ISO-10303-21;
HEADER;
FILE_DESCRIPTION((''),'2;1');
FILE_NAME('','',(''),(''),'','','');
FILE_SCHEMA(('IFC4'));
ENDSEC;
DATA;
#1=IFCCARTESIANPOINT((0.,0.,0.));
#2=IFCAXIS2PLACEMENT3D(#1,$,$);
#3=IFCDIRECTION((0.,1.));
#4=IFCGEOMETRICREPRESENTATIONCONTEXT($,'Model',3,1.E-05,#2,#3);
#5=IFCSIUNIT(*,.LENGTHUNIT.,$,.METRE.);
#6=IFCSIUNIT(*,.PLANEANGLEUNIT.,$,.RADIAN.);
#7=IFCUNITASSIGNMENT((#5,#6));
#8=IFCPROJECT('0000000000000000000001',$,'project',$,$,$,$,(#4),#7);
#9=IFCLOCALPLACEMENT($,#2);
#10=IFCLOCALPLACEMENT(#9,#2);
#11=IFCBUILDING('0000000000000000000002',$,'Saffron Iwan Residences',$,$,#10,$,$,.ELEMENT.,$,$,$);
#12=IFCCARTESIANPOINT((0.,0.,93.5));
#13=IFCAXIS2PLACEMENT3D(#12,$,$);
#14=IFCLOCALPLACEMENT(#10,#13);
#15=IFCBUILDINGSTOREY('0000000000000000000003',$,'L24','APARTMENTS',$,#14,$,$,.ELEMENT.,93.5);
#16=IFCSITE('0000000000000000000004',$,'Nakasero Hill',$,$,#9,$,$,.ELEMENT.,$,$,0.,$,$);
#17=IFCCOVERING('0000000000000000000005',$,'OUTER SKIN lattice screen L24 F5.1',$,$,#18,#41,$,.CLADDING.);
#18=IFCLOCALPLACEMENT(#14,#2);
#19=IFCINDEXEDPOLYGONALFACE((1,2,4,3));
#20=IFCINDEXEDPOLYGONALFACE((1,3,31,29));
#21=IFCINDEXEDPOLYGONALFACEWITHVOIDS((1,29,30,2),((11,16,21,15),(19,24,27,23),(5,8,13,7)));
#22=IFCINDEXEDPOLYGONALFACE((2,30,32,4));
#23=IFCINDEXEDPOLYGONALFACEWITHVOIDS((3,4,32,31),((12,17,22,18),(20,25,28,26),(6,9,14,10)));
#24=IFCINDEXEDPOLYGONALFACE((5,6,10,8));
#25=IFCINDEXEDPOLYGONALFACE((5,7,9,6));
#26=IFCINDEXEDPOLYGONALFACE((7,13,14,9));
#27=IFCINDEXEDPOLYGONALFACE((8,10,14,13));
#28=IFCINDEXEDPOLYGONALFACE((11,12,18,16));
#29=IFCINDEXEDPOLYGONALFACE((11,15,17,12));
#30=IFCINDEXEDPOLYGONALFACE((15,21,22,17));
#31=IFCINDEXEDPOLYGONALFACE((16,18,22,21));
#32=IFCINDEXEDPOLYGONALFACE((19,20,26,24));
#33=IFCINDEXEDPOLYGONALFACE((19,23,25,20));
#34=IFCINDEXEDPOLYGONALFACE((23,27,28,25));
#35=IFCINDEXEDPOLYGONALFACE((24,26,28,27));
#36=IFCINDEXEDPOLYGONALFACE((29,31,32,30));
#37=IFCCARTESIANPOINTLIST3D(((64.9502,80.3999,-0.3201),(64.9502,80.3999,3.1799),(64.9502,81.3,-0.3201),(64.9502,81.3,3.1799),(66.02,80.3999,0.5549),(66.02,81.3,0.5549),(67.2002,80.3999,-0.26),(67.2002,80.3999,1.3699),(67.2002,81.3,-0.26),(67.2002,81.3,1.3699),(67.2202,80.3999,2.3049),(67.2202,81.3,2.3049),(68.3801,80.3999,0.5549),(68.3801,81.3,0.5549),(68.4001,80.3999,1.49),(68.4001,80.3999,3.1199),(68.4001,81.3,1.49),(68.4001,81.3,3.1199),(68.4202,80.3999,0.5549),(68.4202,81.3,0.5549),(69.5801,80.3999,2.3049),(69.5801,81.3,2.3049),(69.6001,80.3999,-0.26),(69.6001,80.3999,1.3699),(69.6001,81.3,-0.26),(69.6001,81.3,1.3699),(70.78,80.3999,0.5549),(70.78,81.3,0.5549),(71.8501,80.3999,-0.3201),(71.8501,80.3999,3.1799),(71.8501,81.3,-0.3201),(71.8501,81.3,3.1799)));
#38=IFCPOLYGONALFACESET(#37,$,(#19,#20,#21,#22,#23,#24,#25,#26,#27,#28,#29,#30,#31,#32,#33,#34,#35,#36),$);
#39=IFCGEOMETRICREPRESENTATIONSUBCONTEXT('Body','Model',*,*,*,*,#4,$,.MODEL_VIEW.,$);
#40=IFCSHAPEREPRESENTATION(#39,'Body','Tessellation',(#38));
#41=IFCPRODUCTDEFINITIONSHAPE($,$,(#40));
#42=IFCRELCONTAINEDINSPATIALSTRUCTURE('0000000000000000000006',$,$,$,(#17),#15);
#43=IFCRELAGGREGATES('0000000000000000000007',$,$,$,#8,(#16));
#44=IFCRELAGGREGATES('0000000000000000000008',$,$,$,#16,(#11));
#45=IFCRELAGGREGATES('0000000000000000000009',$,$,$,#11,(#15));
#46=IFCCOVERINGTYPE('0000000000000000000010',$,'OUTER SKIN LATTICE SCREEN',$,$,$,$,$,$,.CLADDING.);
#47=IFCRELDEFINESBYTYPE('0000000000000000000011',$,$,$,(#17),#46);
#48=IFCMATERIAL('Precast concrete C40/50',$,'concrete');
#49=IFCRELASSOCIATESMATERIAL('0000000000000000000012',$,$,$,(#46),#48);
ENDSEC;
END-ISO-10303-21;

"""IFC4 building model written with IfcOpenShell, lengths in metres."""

from ifc_helpers import new_model, si_unit, direction, frame, origin, place, context, subcontext, project, spatial, polyline, outline, extrude, material, type_object, element, save


model = new_model("IFC4")

# Units and contexts
model_context = context("Model", 3, precision=1e-05, world=origin(), true_north=direction((0.0, 1.0)))
body_context = subcontext(model_context, "Body", "Model", "MODEL_VIEW")
ifc_project = project(units=[si_unit("LENGTHUNIT", "METRE"), si_unit("PLANEANGLEUNIT", "RADIAN")], contexts=[model_context])

# Site, building, storey
site_placement = place(None, origin())
site = spatial("IfcSite", under=ifc_project, at=site_placement, Name="Nakasero Hill", CompositionType="ELEMENT", RefElevation=0.0)
building_placement = place(site_placement, origin())
building = spatial("IfcBuilding", under=site, at=building_placement, Name="Saffron Iwan Residences", CompositionType="ELEMENT")
storey_placement = place(building_placement, frame((0.0, 0.0, 93.5)))
storey = spatial("IfcBuildingStorey", under=building, at=storey_placement, Name="L24", Description="APARTMENTS", CompositionType="ELEMENT", Elevation=93.5)

# Covering
ifc_material_1 = material(Name="Precast concrete C40/50", Category="concrete")
covering_type = type_object("IfcCoveringType", Name="OUTER SKIN LATTICE SCREEN", PredefinedType="CLADDING", material=ifc_material_1)
covering_placement = place(storey_placement, frame((71.8501, 80.3999, -0.3201), z_axis=(0.0, 1.0, 0.0), x_axis=(-1.0, 0.0, 0.0)))
element("IfcCovering", 1, at=covering_placement, inside=storey, type_object=covering_type, Name="OUTER SKIN lattice screen L24 F5.1", PredefinedType="CLADDING", context=body_context, shape_type="SweptSolid", body=[
    extrude(outline(polyline([(0.0, 0.0), (6.8999, 0.0), (6.8999, 3.5), (0.0, 3.5), (0.0, 0.0)]), holes=[polyline([(1.0701, 0.875), (2.25, 0.0601), (3.4299, 0.875), (2.25, 1.6899), (1.0701, 0.875)]), polyline([(3.47, 0.875), (4.6499, 0.0601), (5.8301, 0.875), (4.6499, 1.6899), (3.47, 0.875)]), polyline([(2.27, 2.625), (3.45, 1.8101), (4.6299, 2.625), (3.45, 3.4399), (2.27, 2.625)])]), origin(), (0.0, 0.0, 1.0), 0.9001),
])

save(model, "model.ifc")
